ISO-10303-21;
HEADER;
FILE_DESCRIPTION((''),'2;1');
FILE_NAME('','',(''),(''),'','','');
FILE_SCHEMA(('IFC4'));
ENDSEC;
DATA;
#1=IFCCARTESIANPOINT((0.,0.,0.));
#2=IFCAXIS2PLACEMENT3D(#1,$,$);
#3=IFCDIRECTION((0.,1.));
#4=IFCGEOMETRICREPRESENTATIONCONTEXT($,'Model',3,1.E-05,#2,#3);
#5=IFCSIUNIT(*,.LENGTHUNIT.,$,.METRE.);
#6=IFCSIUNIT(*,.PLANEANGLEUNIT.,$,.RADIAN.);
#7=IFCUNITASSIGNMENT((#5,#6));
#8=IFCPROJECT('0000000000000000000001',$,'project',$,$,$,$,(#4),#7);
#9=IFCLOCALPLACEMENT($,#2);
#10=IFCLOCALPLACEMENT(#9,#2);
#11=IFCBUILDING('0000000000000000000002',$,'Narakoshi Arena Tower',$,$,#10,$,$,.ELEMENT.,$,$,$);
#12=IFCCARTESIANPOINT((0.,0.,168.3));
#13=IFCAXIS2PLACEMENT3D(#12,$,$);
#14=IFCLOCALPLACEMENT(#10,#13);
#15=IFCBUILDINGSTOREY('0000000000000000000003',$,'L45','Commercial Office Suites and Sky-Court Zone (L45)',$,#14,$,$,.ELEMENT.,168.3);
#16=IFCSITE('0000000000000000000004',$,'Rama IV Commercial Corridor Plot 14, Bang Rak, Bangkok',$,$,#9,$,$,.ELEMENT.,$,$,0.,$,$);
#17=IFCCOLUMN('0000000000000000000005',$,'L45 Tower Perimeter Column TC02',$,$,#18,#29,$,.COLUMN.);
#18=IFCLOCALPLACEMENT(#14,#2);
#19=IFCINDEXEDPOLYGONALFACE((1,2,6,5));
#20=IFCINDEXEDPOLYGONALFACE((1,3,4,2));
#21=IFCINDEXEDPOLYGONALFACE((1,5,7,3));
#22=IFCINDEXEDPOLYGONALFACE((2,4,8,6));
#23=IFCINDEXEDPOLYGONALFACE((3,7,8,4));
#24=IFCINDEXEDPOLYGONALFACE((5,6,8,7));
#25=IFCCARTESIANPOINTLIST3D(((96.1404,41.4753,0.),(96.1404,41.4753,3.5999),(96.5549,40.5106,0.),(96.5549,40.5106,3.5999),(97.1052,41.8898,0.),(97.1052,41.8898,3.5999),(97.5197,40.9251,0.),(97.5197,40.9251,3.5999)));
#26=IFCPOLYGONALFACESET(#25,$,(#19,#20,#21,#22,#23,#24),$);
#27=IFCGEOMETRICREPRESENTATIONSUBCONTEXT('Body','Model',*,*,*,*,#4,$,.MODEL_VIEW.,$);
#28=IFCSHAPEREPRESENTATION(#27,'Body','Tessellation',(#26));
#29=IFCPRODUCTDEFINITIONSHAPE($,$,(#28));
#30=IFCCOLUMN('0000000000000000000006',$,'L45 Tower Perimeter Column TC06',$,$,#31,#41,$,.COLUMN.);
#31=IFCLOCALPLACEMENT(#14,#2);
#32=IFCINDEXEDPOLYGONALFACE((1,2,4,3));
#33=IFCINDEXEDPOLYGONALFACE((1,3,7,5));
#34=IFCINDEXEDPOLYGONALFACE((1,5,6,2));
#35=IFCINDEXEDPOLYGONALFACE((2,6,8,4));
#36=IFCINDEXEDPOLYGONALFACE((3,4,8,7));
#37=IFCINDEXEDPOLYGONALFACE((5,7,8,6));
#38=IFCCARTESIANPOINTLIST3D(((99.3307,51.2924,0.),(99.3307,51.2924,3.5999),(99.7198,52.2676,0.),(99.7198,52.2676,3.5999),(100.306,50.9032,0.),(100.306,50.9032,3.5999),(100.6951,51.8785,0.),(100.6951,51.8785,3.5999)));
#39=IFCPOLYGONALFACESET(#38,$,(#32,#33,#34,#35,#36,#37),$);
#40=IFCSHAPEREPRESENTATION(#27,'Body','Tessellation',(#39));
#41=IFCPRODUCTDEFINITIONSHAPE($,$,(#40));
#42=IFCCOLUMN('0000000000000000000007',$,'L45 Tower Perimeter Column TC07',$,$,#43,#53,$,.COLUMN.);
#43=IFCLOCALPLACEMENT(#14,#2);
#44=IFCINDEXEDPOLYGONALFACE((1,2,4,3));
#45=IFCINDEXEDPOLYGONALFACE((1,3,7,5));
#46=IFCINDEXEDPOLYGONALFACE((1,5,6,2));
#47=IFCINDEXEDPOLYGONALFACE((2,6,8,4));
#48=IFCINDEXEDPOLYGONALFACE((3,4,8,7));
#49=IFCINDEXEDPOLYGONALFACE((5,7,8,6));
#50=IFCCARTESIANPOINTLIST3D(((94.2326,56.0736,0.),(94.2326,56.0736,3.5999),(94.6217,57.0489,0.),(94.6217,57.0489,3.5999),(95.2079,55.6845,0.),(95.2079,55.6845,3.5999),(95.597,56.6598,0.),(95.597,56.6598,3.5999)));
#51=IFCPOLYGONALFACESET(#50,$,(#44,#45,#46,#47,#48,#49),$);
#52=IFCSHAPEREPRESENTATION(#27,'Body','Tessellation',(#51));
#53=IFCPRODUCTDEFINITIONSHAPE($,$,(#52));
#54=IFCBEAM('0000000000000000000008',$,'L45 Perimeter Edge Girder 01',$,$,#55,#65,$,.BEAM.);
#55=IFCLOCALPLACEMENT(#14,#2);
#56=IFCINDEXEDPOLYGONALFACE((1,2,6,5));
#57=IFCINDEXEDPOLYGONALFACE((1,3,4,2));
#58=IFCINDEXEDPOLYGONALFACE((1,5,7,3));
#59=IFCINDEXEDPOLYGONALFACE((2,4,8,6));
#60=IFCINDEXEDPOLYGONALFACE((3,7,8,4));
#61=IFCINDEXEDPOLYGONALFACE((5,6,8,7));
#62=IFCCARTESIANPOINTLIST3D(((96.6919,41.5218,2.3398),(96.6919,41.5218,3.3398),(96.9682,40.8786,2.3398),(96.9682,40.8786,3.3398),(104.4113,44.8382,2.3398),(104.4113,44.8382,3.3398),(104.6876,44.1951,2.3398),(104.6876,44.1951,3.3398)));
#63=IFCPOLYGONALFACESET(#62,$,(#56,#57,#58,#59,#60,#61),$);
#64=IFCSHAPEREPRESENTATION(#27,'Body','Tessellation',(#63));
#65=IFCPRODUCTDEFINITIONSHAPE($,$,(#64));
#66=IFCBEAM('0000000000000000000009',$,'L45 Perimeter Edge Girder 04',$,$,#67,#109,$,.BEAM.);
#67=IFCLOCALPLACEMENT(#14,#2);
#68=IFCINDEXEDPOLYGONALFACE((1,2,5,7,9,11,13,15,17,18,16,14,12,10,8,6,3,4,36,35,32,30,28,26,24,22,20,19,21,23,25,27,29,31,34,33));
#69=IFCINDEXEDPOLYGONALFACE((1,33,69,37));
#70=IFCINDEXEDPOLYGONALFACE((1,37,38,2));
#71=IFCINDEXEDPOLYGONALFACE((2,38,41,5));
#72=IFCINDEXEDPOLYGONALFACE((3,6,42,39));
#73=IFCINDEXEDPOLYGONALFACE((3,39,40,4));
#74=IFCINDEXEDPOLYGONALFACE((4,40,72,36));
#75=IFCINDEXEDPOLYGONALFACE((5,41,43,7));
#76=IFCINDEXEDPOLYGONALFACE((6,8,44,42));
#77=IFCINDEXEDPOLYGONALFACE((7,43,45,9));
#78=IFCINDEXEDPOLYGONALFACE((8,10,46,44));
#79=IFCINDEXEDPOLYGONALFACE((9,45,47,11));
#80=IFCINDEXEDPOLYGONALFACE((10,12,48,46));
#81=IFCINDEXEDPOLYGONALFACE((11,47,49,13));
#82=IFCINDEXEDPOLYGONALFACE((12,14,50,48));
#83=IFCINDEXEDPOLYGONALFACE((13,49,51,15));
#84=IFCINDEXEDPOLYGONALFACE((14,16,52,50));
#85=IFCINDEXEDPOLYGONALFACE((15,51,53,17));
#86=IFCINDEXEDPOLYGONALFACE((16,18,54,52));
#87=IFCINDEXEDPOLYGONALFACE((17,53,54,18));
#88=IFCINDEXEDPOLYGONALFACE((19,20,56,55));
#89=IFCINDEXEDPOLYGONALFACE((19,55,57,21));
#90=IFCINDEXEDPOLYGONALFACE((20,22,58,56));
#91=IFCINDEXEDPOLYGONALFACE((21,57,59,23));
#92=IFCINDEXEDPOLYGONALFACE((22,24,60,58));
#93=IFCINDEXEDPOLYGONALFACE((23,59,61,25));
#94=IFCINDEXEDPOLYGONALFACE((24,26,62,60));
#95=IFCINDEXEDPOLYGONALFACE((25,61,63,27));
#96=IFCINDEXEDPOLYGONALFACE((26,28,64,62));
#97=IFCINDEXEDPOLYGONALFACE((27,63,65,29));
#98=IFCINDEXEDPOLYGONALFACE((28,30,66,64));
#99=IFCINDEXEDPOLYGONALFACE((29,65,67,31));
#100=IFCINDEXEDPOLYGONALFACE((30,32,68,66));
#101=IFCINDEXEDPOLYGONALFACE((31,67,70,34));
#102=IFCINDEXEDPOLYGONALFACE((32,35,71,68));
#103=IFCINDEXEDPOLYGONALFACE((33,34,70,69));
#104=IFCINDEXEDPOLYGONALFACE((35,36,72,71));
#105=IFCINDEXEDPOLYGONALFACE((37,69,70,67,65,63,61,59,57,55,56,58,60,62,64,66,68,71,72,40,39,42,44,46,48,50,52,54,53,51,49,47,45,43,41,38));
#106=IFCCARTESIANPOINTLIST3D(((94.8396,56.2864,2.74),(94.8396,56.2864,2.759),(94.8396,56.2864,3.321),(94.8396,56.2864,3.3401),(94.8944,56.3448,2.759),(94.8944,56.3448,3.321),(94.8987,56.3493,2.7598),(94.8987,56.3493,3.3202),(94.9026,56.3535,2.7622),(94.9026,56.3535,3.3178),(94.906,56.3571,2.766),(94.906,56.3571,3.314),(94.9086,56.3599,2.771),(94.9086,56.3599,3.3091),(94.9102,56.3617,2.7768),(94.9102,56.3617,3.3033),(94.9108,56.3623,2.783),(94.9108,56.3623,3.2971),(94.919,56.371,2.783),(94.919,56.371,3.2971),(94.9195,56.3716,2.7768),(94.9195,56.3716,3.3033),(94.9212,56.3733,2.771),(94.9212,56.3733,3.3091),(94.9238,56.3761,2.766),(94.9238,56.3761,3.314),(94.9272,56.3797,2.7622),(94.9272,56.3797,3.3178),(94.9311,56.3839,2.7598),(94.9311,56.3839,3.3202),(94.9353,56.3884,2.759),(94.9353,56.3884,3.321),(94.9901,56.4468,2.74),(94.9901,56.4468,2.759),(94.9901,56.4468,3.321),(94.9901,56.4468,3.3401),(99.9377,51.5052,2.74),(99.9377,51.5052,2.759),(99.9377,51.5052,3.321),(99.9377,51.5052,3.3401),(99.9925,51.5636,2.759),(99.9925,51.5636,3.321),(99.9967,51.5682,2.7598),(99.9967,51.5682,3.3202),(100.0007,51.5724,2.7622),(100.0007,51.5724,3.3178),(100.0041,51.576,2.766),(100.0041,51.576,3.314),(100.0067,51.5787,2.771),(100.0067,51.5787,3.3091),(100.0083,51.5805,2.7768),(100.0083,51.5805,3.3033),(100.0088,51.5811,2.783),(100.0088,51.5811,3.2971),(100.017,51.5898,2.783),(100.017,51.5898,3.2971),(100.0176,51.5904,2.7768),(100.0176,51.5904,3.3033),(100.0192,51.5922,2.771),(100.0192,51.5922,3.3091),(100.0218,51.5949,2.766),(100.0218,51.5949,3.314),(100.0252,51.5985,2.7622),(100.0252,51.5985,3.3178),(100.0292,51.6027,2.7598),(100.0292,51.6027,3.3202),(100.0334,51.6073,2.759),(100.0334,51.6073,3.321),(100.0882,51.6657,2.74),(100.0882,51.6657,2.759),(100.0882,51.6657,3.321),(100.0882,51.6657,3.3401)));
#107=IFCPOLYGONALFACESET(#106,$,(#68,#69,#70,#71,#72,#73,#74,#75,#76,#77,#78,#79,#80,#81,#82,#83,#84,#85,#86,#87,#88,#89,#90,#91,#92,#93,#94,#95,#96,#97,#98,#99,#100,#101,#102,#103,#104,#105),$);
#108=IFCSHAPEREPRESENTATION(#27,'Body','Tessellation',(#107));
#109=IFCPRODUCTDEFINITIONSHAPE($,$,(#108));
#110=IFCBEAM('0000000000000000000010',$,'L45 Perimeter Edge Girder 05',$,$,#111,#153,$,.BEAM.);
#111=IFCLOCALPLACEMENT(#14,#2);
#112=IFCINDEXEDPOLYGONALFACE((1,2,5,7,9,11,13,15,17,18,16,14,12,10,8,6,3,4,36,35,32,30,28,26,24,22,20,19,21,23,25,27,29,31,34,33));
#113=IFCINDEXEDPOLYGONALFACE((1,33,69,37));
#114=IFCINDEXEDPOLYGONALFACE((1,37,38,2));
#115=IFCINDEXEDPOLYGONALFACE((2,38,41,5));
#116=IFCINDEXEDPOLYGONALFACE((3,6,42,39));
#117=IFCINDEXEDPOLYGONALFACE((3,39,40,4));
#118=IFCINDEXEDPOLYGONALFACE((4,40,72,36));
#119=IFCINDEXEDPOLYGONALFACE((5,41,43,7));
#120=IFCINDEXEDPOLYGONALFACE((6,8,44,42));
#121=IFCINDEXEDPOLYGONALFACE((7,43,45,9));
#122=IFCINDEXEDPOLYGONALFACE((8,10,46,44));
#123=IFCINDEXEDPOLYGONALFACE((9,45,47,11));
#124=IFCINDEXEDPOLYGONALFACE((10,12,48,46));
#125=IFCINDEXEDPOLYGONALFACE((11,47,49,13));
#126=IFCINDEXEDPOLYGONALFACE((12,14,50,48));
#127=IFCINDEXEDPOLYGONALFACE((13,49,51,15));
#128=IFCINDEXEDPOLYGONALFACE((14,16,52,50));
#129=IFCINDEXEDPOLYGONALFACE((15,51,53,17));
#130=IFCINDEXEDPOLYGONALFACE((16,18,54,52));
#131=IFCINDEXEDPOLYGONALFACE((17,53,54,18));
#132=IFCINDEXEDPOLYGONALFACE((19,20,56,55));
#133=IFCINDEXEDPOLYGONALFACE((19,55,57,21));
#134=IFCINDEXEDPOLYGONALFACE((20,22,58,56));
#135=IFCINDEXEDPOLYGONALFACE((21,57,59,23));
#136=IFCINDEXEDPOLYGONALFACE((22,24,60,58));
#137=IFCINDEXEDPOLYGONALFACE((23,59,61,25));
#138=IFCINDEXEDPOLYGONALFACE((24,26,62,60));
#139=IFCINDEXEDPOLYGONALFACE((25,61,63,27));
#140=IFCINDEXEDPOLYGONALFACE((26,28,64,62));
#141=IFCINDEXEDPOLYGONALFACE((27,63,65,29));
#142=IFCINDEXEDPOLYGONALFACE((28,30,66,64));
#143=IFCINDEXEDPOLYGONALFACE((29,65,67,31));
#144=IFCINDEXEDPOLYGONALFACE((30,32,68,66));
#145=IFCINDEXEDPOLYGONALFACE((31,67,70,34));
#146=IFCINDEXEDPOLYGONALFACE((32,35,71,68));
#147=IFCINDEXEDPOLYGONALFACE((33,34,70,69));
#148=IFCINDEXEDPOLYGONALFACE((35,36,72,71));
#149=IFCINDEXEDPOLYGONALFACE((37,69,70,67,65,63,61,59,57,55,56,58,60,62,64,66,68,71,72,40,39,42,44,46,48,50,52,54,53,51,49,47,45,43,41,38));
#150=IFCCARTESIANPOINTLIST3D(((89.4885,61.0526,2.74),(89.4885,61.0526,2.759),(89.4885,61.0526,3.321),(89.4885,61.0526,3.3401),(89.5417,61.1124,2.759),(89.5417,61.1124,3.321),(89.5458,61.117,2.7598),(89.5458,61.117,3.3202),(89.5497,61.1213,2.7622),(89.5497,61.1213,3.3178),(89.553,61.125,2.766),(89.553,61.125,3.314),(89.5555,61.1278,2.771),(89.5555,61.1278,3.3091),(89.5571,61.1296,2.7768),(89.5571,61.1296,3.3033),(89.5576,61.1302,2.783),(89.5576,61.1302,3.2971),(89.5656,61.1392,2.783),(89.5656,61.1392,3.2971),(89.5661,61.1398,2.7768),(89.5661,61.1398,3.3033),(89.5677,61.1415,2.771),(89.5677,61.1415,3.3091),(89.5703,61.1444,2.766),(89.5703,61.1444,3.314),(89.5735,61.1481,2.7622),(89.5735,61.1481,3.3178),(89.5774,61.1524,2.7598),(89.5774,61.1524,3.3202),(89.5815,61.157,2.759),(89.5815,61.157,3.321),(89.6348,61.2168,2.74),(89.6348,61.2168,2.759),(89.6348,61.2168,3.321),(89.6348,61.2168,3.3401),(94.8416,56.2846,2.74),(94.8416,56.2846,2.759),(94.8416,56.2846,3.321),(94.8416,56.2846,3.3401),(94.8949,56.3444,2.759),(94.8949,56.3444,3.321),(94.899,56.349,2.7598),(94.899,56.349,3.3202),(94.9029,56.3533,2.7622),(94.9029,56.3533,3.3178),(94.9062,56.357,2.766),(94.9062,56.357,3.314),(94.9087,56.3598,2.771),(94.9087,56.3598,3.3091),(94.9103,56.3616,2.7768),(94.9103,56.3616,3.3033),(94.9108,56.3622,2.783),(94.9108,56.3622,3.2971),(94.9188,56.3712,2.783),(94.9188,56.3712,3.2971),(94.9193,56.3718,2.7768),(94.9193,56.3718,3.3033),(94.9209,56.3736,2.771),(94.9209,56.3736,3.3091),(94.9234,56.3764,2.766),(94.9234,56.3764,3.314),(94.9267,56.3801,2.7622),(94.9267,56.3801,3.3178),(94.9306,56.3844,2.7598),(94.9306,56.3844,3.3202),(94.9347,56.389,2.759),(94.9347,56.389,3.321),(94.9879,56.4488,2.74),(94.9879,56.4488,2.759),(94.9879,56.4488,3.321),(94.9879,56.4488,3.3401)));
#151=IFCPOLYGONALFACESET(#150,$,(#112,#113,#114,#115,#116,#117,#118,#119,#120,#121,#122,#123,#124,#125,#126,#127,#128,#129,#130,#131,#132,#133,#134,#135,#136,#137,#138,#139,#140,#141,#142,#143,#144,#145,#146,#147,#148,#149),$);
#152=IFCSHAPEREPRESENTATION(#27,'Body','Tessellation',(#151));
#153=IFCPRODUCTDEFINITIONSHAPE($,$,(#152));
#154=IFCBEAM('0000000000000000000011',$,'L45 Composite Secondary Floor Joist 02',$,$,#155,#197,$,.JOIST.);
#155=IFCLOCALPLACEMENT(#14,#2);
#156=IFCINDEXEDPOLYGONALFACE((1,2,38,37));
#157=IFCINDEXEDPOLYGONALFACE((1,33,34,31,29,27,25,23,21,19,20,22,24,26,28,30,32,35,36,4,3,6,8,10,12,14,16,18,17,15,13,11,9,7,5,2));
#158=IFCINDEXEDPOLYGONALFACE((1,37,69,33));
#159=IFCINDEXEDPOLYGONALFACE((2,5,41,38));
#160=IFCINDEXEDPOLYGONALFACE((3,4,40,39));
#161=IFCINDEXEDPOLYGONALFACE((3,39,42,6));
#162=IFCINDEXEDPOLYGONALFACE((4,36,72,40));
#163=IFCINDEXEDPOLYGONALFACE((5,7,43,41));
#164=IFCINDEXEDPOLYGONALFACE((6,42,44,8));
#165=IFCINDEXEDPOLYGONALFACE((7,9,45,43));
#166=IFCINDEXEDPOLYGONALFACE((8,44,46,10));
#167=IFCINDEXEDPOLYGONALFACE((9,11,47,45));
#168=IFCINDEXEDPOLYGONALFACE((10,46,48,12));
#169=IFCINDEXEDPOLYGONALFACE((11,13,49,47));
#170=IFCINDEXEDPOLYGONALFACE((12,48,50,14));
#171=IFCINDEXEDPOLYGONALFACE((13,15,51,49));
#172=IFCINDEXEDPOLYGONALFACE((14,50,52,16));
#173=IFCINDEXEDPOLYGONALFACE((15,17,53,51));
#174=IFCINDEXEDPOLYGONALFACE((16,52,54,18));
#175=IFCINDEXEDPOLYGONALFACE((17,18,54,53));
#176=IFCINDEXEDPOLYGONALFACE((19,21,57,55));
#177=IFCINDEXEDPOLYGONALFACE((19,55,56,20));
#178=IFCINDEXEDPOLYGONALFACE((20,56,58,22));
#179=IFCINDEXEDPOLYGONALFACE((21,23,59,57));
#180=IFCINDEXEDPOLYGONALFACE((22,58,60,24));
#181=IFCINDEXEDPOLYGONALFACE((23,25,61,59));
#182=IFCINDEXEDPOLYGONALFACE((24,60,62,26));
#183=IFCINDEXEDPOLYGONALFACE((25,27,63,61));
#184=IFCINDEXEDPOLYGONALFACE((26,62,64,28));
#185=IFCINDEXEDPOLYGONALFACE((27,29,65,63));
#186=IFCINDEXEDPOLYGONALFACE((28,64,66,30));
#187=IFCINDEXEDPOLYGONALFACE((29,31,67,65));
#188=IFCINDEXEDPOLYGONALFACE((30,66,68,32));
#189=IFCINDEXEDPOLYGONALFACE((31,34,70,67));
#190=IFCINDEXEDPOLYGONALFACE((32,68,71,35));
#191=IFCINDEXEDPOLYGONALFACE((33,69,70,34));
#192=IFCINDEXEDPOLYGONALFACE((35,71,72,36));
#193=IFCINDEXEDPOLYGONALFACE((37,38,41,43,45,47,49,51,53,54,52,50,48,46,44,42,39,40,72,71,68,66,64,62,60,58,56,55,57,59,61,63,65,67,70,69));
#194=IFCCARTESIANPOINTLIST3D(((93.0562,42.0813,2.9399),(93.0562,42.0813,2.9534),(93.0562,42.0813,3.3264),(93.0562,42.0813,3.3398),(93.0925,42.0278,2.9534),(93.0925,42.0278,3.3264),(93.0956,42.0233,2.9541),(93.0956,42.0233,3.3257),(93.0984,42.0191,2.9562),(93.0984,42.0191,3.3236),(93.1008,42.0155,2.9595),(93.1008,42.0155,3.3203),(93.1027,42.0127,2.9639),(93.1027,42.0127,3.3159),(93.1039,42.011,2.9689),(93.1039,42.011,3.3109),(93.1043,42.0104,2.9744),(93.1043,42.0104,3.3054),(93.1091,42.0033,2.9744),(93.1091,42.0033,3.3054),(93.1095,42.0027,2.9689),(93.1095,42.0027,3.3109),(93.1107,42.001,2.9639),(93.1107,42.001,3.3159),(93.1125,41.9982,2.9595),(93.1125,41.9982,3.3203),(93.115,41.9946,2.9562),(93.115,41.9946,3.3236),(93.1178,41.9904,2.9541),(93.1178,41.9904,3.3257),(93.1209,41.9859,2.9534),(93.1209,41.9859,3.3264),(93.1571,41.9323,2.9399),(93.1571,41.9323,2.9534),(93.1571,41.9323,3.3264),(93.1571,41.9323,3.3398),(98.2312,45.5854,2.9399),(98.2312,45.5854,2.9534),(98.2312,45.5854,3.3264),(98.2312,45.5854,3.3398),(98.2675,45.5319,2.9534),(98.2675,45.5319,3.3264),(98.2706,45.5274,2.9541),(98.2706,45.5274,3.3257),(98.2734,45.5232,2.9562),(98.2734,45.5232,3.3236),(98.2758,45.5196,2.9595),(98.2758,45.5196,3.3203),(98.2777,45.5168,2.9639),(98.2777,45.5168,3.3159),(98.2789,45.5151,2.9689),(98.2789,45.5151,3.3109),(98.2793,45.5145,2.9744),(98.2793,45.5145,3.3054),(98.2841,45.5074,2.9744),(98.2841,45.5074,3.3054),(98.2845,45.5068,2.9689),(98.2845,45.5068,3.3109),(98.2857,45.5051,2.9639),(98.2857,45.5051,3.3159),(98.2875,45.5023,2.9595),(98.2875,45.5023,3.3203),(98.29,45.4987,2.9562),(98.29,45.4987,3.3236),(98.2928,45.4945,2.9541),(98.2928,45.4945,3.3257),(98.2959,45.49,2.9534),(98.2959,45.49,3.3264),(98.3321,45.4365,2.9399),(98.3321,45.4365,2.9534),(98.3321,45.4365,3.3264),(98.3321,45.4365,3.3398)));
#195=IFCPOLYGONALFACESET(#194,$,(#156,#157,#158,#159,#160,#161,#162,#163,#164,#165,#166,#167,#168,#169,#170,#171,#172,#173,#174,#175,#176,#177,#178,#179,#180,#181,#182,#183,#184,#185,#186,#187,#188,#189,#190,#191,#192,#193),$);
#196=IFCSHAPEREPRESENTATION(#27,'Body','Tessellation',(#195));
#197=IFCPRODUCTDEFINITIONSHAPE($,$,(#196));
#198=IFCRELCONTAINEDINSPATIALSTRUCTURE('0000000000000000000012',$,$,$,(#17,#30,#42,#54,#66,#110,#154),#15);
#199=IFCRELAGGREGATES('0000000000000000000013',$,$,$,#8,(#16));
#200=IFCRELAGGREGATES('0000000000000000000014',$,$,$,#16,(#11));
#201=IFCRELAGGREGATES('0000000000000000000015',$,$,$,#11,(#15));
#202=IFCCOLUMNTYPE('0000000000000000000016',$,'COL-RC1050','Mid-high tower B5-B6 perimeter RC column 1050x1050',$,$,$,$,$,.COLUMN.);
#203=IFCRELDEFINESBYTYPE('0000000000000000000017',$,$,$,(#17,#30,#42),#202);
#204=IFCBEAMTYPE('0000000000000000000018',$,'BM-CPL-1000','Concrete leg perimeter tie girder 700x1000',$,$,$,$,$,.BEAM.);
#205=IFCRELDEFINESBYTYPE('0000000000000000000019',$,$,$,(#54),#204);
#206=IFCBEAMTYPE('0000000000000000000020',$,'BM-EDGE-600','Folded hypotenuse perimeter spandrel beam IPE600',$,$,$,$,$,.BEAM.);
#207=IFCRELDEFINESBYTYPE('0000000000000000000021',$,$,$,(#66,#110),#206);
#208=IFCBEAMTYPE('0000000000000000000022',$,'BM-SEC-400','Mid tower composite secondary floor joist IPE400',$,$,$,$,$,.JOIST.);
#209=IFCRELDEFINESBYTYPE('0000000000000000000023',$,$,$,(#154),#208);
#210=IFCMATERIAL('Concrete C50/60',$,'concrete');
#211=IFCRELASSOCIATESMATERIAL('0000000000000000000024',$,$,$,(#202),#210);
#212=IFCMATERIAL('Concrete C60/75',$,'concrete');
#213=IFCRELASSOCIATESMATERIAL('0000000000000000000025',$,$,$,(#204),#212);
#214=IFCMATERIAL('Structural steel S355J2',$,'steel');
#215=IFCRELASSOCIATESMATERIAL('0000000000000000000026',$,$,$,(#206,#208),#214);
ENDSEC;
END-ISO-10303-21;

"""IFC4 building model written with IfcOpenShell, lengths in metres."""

from ifc_helpers import new_model, si_unit, direction, frame, origin, origin_2d, place, context, subcontext, project, spatial, rectangle, i_section, extrude, material, material_profile, profile_set, type_object, element, save


model = new_model("IFC4")

# Units and contexts
model_context = context("Model", 3, precision=1e-05, world=origin(), true_north=direction((0.0, 1.0)))
body_context = subcontext(model_context, "Body", "Model", "MODEL_VIEW")
ifc_project = project(units=[si_unit("LENGTHUNIT", "METRE"), si_unit("PLANEANGLEUNIT", "RADIAN")], contexts=[model_context])

# Site, building, storey
site_placement = place(None, origin())
site = spatial("IfcSite", under=ifc_project, at=site_placement, Name="Rama IV Commercial Corridor Plot 14, Bang Rak, Bangkok", CompositionType="ELEMENT", RefElevation=0.0)
building_placement = place(site_placement, origin())
building = spatial("IfcBuilding", under=site, at=building_placement, Name="Narakoshi Arena Tower", CompositionType="ELEMENT")
storey_placement = place(building_placement, frame((0.0, 0.0, 168.3)))
storey = spatial("IfcBuildingStorey", under=building, at=storey_placement, Name="L45", Description="Commercial Office Suites and Sky-Court Zone (L45)", CompositionType="ELEMENT", Elevation=168.3)

# Columns
ifc_material_1 = material(Name="Concrete C50/60", Category="concrete")
ifc_material_profile_1 = material_profile(ifc_material_1, rectangle(XDim=1.05, YDim=1.05, at=origin_2d()), Name="RC1050x1050")
ifc_profile_set_1 = profile_set([ifc_material_profile_1], Name="Concrete C50/60")
column_type = type_object("IfcColumnType", Name="COL-RC1050", Description="Mid-high tower B5-B6 perimeter RC column 1050x1050", PredefinedType="COLUMN", material=ifc_profile_set_1)
for number, where, z_axis, x_axis, name in (
    (1, (96.8301, 41.2002, 0.0), (0.0, 0.0, 1.0), (0.918791, 0.394744, 0.0), "L45 Tower Perimeter Column TC02"),
    (2, (100.0129, 51.5854, 0.0), (0.0, 0.0, 1.0), (0.370557, 0.92881, 0.0), "L45 Tower Perimeter Column TC06"),
    (3, (94.9148, 56.3667, 0.0), (0.0, 0.0, 1.0), (0.370557, 0.92881, 0.0), "L45 Tower Perimeter Column TC07"),
):
    element("IfcColumn", number, at=place(storey_placement, frame(where, z_axis=z_axis, x_axis=x_axis)), inside=storey, type_object=column_type, Name=name, PredefinedType="COLUMN", context=body_context, shape_type="SweptSolid", body=[
        extrude(rectangle(XDim=1.05, YDim=1.05, at=origin_2d()), origin(), (0.0, 0.0, 1.0), 3.5999),
    ])

# Beams
ifc_material_2 = material(Name="Concrete C60/75", Category="concrete")
ifc_material_profile_2 = material_profile(ifc_material_2, rectangle(XDim=0.7, YDim=1.0, at=origin_2d()), Name="RCB700x1000")
ifc_profile_set_2 = profile_set([ifc_material_profile_2], Name="Concrete C60/75")
beam_type_1 = type_object("IfcBeamType", Name="BM-CPL-1000", Description="Concrete leg perimeter tie girder 700x1000", PredefinedType="BEAM", material=ifc_profile_set_2)
beam_1_placement = place(storey_placement, frame((96.8301, 41.2002, 2.8398), z_axis=(0.918793, 0.39474, 0.0), x_axis=(-0.39474, 0.918793, 0.0)))
element("IfcBeam", 4, at=beam_1_placement, inside=storey, type_object=beam_type_1, Name="L45 Perimeter Edge Girder 01", PredefinedType="BEAM", context=body_context, shape_type="SweptSolid", body=[
    extrude(rectangle(XDim=0.7, YDim=1.0, at=origin_2d()), origin(), (0.0, 0.0, 1.0), 8.4016),
])
ifc_material_3 = material(Name="Structural steel S355J2", Category="steel")
ifc_material_profile_3 = material_profile(ifc_material_3, i_section(OverallWidth=0.22, OverallDepth=0.6001, WebThickness=0.012, FlangeThickness=0.019, FilletRadius=0.0239, at=origin_2d()), Name="IPE600")
ifc_profile_set_3 = profile_set([ifc_material_profile_3], Name="Structural steel S355J2")
beam_type_2 = type_object("IfcBeamType", Name="BM-EDGE-600", Description="Folded hypotenuse perimeter spandrel beam IPE600", PredefinedType="BEAM", material=ifc_profile_set_3)
beam_2_placement = place(storey_placement, frame((100.0129, 51.5854, 3.04), z_axis=(-0.729413, 0.684074, 0.0), x_axis=(-0.684074, -0.729413, 0.0)))
element("IfcBeam", 5, at=beam_2_placement, inside=storey, type_object=beam_type_2, Name="L45 Perimeter Edge Girder 04", PredefinedType="BEAM", context=body_context, shape_type="SweptSolid", body=[
    extrude(i_section(OverallWidth=0.22, OverallDepth=0.6001, WebThickness=0.012, FlangeThickness=0.019, FilletRadius=0.0239, at=origin_2d()), origin(), (0.0, 0.0, 1.0), 6.9893),
])
beam_3_placement = place(storey_placement, frame((94.9148, 56.3667, 3.04), z_axis=(-0.746744, 0.665112, 0.0), x_axis=(-0.665112, -0.746744, 0.0)))
element("IfcBeam", 6, at=beam_3_placement, inside=storey, type_object=beam_type_2, Name="L45 Perimeter Edge Girder 05", PredefinedType="BEAM", context=body_context, shape_type="SweptSolid", body=[
    extrude(i_section(OverallWidth=0.22, OverallDepth=0.6001, WebThickness=0.012, FlangeThickness=0.019, FilletRadius=0.0239, at=origin_2d()), origin(), (0.0, 0.0, 1.0), 7.1687),
])
ifc_material_profile_4 = material_profile(ifc_material_3, i_section(OverallWidth=0.1799, OverallDepth=0.3999, WebThickness=0.0085, FlangeThickness=0.0134, FilletRadius=0.021, at=origin_2d()), Name="IPE400")
ifc_profile_set_4 = profile_set([ifc_material_profile_4], Name="Structural steel S355J2")
beam_type_3 = type_object("IfcBeamType", Name="BM-SEC-400", Description="Mid tower composite secondary floor joist IPE400", PredefinedType="JOIST", material=ifc_profile_set_4)
beam_4_placement = place(storey_placement, frame((93.1067, 42.0068, 3.1399), z_axis=(0.828032, 0.560681, 0.0), x_axis=(-0.560681, 0.828032, 0.0)))
element("IfcBeam", 7, at=beam_4_placement, inside=storey, type_object=beam_type_3, Name="L45 Composite Secondary Floor Joist 02", PredefinedType="JOIST", context=body_context, shape_type="SweptSolid", body=[
    extrude(i_section(OverallWidth=0.1799, OverallDepth=0.3999, WebThickness=0.0085, FlangeThickness=0.0134, FilletRadius=0.021, at=origin_2d()), origin(), (0.0, 0.0, 1.0), 6.2498),
])

save(model, "model.ifc")
